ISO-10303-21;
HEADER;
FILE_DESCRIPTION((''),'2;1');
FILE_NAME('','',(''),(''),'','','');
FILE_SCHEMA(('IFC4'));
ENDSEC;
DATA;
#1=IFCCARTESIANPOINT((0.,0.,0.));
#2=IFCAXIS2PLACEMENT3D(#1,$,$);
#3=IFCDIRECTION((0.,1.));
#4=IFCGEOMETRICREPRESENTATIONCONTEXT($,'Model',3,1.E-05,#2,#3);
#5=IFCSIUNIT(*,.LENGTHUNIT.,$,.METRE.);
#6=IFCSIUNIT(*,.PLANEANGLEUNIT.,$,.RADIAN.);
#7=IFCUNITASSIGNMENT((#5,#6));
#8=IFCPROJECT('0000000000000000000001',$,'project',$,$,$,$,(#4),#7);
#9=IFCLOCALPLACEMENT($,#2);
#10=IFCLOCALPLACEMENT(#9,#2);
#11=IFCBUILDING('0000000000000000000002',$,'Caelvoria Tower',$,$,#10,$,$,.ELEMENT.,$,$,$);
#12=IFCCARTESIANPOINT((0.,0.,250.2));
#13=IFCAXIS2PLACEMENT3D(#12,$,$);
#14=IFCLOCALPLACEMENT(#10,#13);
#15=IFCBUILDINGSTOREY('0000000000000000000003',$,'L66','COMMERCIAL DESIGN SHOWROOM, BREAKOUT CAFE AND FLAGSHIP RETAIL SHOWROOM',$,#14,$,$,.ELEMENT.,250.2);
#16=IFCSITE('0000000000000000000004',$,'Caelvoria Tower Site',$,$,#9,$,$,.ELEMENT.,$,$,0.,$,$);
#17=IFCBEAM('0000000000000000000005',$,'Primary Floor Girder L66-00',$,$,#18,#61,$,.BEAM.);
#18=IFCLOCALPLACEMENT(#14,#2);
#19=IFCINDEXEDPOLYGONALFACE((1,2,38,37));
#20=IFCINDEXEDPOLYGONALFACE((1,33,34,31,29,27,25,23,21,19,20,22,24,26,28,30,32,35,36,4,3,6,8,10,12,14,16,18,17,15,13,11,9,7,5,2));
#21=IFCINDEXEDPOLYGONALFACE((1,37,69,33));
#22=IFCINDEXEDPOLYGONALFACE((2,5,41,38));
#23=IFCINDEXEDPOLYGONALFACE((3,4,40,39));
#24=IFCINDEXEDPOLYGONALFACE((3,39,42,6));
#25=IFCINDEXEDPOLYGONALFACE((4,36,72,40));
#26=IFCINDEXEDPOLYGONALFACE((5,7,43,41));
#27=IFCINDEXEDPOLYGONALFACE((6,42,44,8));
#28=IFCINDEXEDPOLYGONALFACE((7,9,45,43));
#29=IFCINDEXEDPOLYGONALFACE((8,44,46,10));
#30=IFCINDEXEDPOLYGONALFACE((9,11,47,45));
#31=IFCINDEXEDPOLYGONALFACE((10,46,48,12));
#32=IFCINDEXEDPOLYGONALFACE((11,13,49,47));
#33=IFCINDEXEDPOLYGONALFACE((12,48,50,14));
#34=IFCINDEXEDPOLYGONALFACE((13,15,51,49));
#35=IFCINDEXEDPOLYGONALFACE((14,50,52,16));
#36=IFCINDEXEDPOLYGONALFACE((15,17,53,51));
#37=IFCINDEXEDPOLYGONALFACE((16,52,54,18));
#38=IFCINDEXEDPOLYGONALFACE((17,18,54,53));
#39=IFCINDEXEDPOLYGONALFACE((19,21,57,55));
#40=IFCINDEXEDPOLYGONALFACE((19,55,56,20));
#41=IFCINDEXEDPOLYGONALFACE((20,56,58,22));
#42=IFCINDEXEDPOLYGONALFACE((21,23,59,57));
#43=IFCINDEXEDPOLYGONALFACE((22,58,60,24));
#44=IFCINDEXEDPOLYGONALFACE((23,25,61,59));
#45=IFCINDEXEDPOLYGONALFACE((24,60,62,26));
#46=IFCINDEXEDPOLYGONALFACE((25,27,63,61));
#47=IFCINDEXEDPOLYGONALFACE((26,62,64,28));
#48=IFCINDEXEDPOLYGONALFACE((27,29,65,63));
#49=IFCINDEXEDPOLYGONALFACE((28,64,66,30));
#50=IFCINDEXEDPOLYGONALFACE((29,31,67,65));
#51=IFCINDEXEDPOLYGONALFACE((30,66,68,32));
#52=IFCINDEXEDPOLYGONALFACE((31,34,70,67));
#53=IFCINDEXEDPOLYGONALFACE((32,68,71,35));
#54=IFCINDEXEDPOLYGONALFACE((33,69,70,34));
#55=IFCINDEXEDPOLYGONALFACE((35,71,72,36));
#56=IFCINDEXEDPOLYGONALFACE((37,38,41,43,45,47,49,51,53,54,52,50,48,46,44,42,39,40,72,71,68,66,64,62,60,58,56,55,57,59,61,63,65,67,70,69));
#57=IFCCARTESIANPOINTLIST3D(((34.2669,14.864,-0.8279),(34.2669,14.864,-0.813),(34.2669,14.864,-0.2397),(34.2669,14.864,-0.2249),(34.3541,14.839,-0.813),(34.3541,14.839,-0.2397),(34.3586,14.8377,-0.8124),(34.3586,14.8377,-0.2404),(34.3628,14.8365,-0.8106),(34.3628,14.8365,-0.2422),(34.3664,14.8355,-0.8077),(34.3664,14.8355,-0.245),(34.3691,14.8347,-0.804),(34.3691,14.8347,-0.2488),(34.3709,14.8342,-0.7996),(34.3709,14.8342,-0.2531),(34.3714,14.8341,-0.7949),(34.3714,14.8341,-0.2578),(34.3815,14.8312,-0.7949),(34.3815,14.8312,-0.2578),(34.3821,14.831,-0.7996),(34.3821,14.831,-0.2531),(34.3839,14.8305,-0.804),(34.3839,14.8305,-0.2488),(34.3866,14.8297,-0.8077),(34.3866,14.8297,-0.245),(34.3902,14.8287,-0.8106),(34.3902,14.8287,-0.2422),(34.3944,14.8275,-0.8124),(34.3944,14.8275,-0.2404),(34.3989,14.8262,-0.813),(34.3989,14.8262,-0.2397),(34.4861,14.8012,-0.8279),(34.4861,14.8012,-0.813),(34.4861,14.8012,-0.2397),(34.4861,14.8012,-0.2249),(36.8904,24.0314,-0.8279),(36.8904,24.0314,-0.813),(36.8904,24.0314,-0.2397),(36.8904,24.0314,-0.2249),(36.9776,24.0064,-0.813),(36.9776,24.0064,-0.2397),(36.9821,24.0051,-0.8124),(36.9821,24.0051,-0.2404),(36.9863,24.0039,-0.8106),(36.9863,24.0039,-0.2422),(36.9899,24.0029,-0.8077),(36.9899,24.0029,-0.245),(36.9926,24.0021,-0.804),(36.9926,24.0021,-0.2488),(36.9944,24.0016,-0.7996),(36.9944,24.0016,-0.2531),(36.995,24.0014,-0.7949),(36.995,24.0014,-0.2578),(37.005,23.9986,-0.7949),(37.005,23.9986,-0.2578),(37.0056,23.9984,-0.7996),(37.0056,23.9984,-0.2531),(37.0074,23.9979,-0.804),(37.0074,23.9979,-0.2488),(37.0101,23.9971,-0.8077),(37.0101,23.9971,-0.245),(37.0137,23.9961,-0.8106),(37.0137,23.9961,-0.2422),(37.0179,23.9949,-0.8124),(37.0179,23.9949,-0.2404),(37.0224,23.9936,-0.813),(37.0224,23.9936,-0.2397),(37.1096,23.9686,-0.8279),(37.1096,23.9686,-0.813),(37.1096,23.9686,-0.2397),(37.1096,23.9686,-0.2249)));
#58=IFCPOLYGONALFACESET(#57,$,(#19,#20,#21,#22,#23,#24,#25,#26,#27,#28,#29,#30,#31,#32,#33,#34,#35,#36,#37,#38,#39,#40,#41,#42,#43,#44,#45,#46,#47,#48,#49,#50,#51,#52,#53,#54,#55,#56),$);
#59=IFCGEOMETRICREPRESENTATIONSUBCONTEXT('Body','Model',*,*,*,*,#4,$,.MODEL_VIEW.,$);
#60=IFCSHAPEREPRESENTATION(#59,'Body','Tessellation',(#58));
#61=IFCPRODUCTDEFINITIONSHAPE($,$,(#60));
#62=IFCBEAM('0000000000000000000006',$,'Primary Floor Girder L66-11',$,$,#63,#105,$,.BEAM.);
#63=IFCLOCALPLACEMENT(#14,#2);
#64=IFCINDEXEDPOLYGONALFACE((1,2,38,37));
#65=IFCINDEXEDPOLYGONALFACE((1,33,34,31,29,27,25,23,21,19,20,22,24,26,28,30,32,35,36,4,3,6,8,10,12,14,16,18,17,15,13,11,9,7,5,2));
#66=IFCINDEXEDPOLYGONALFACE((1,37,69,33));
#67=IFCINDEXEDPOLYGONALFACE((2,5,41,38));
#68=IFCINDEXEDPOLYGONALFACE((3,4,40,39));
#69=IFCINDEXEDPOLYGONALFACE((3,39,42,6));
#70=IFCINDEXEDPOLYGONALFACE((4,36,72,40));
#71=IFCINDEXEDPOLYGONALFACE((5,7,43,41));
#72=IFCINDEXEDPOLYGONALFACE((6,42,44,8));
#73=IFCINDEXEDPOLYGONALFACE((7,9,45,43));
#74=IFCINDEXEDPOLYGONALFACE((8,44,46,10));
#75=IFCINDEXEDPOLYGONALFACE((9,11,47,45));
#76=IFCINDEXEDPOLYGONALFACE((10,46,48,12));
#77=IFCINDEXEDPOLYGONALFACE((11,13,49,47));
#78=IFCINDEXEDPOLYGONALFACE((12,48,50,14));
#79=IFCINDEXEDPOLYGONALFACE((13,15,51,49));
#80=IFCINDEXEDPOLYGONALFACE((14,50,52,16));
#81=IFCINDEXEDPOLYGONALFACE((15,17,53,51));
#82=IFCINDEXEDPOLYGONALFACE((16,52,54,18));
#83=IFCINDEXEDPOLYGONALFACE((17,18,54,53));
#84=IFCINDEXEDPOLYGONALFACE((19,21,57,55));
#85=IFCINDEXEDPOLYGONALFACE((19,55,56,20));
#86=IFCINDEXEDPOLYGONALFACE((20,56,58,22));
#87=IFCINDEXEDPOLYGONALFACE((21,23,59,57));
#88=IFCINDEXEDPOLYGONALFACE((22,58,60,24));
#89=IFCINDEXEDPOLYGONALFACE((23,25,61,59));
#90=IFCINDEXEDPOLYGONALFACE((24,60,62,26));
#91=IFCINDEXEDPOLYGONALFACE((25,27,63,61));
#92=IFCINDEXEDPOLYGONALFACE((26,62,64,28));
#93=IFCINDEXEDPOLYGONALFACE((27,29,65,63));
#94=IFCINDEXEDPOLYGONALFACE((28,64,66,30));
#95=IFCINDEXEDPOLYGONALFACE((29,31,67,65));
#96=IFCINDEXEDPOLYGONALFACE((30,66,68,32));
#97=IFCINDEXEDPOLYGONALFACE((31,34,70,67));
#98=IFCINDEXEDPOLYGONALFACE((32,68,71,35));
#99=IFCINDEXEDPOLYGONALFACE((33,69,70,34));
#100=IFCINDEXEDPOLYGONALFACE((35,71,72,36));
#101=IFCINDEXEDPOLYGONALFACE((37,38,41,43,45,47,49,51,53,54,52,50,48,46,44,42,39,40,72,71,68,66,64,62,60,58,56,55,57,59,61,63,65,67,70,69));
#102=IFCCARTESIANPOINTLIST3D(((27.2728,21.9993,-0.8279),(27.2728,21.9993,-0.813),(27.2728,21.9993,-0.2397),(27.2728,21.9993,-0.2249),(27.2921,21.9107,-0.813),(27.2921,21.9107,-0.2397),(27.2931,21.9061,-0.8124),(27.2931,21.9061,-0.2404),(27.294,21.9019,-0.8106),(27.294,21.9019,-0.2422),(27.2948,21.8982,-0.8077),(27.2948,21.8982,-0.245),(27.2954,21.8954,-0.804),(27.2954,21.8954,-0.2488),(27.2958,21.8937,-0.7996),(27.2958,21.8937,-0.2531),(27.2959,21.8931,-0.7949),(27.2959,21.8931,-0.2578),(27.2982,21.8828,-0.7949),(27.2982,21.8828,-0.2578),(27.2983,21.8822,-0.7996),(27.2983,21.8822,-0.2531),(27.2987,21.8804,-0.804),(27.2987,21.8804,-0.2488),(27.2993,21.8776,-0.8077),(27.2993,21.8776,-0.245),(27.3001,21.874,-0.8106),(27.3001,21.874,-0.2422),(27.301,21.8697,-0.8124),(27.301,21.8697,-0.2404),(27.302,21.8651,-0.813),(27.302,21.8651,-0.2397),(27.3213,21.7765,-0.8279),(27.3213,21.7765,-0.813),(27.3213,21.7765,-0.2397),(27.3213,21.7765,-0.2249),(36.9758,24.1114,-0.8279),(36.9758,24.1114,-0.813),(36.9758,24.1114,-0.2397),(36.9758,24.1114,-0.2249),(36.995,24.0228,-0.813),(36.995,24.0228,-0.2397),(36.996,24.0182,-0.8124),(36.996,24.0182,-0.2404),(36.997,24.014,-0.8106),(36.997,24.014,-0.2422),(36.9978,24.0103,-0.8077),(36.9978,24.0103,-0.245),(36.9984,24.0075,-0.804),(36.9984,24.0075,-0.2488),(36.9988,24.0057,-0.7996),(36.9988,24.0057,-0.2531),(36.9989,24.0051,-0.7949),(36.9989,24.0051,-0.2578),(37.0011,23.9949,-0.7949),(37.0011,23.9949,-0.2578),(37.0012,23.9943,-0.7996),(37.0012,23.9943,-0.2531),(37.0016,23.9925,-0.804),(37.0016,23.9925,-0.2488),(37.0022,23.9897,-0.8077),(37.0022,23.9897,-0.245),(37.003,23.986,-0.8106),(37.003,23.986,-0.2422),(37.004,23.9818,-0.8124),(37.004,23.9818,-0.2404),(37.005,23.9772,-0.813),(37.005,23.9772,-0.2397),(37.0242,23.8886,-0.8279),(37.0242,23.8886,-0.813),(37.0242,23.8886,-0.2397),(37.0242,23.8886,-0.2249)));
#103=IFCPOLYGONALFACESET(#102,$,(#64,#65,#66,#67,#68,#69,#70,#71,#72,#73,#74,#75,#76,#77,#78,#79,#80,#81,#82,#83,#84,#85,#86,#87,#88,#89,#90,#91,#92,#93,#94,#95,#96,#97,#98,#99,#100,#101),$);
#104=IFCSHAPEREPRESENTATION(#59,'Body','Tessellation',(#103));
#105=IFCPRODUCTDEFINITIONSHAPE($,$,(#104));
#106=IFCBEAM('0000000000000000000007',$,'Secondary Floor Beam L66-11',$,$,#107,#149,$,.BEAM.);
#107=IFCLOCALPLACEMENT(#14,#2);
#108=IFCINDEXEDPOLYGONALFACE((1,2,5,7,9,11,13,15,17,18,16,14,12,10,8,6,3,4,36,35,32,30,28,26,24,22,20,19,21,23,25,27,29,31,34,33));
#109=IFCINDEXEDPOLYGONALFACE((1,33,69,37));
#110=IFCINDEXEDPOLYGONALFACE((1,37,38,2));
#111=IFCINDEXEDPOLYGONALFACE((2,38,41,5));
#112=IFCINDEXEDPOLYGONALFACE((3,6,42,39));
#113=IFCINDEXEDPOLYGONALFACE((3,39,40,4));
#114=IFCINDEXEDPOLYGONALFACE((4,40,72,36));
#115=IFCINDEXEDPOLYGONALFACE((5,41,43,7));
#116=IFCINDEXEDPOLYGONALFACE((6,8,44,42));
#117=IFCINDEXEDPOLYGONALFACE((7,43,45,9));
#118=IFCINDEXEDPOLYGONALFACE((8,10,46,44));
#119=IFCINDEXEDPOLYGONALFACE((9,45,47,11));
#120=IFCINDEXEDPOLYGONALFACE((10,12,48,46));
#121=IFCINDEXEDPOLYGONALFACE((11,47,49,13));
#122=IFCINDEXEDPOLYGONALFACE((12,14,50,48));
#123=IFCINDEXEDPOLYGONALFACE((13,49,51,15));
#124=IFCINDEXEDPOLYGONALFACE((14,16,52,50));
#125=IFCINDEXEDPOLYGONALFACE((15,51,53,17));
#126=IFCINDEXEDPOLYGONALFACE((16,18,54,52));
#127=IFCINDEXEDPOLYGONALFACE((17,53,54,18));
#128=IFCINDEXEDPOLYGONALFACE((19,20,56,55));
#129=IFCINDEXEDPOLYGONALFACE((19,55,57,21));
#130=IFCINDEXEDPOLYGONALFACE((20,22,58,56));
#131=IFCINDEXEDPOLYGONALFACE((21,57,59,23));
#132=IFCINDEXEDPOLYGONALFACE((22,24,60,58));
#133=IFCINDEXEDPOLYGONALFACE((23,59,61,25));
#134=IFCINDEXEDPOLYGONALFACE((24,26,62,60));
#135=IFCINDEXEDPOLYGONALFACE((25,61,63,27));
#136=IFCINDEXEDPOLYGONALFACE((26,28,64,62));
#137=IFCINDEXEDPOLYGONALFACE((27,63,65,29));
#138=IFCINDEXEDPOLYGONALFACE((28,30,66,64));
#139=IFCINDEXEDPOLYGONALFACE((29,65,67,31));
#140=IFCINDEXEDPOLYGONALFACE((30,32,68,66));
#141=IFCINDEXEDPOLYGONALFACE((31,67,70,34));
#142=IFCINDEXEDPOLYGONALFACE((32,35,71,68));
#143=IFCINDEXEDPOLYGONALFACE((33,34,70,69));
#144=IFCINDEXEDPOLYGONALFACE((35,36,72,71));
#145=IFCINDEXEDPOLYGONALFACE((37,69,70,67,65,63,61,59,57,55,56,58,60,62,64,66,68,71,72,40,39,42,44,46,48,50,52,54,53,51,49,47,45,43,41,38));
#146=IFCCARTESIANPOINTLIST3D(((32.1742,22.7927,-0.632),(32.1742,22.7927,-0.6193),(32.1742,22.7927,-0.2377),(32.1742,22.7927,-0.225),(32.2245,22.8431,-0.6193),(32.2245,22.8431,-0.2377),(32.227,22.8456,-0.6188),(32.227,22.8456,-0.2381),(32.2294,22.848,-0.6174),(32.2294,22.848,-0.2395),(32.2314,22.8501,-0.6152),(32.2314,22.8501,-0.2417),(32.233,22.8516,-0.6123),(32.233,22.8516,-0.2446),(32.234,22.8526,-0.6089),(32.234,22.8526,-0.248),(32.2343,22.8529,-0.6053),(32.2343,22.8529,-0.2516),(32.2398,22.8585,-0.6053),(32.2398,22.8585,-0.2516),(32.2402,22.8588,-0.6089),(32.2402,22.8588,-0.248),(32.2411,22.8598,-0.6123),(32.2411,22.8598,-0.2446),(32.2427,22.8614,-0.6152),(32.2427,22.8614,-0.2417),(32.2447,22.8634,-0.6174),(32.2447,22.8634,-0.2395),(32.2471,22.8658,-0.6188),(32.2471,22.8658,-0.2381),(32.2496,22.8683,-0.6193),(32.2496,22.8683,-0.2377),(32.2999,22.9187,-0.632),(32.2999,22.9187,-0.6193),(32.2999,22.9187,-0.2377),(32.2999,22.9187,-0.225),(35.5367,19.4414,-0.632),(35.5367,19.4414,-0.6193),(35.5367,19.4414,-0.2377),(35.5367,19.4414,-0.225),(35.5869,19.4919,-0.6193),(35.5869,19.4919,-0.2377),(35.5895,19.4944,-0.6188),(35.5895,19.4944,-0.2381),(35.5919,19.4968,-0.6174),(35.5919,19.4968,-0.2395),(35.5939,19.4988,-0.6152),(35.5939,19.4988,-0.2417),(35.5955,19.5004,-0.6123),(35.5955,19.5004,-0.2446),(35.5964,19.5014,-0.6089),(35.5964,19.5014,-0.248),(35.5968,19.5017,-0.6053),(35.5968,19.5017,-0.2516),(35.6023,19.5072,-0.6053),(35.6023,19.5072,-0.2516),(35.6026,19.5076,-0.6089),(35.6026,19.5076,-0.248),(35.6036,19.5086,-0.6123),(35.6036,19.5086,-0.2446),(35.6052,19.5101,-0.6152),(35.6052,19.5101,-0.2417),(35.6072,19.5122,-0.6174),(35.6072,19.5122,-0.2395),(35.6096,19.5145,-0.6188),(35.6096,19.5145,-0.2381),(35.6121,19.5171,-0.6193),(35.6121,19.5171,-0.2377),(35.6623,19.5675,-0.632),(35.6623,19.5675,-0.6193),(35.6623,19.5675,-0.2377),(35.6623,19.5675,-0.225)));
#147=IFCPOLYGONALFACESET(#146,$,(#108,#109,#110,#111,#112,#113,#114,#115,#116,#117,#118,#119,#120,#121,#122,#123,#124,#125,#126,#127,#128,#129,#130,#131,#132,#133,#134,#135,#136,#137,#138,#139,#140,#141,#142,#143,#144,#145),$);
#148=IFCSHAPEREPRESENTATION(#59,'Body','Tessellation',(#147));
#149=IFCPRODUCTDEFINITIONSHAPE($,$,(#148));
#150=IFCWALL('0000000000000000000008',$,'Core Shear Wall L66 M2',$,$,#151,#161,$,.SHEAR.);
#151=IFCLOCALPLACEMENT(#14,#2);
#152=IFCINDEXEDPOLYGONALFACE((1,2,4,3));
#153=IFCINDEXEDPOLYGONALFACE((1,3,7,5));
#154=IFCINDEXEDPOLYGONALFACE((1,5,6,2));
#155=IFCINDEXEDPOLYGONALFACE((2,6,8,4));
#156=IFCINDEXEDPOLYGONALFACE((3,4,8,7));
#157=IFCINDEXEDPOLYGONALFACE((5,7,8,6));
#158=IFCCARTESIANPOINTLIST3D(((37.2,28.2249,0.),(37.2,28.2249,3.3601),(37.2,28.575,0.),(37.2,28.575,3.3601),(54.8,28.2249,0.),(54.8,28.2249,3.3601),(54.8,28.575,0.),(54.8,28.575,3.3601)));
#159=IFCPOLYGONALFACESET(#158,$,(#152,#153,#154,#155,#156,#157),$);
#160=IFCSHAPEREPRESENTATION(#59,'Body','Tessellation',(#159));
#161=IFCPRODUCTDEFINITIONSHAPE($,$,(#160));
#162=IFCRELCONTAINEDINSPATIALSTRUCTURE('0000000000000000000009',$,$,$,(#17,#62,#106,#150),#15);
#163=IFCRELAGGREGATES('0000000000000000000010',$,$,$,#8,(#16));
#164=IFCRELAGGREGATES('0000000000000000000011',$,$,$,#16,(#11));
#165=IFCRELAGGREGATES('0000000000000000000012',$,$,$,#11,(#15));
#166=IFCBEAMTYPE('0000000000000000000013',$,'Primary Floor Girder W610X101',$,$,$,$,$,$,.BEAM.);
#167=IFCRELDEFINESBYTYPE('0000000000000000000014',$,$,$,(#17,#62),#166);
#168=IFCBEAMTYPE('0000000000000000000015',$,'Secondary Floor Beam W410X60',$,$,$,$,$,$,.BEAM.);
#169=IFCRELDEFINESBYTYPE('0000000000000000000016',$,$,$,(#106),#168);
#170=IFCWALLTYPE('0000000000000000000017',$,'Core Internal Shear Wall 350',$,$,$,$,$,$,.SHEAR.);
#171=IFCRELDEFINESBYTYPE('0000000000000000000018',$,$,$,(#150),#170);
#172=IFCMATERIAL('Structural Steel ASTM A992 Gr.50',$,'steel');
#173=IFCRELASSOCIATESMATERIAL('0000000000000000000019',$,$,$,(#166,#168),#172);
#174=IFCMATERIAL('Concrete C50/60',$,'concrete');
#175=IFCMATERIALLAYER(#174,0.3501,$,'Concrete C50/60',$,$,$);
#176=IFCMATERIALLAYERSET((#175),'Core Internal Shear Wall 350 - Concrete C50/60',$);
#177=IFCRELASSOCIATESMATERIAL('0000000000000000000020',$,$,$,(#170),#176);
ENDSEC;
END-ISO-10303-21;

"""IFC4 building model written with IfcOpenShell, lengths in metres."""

from ifc_helpers import new_model, si_unit, direction, frame, frame_2d, origin, origin_2d, place, context, subcontext, project, spatial, rectangle, i_section, extrude, material, layer, layer_set, material_profile, profile_set, type_object, element, save


model = new_model("IFC4")

# Units and contexts
model_context = context("Model", 3, precision=1e-05, world=origin(), true_north=direction((0.0, 1.0)))
body_context = subcontext(model_context, "Body", "Model", "MODEL_VIEW")
ifc_project = project(units=[si_unit("LENGTHUNIT", "METRE"), si_unit("PLANEANGLEUNIT", "RADIAN")], contexts=[model_context])

# Site, building, storey
site_placement = place(None, origin())
site = spatial("IfcSite", under=ifc_project, at=site_placement, Name="Caelvoria Tower Site", CompositionType="ELEMENT", RefElevation=0.0)
building_placement = place(site_placement, origin())
building = spatial("IfcBuilding", under=site, at=building_placement, Name="Caelvoria Tower", CompositionType="ELEMENT")
storey_placement = place(building_placement, frame((0.0, 0.0, 250.2)))
storey = spatial("IfcBuildingStorey", under=building, at=storey_placement, Name="L66", Description="COMMERCIAL DESIGN SHOWROOM, BREAKOUT CAFE AND FLAGSHIP RETAIL SHOWROOM", CompositionType="ELEMENT", Elevation=250.2)

# Beams
ifc_material_1 = material(Name="Structural Steel ASTM A992 Gr.50", Category="steel")
ifc_material_profile_1 = material_profile(ifc_material_1, i_section(OverallWidth=0.228, OverallDepth=0.603, WebThickness=0.0105, FlangeThickness=0.0149, FilletRadius=0.0181, at=origin_2d()), Name="Structural Steel ASTM A992 Gr.50")
ifc_profile_set_1 = profile_set([ifc_material_profile_1], Name="W610X101 - Structural Steel ASTM A992 Gr.50")
beam_type_1 = type_object("IfcBeamType", Name="Primary Floor Girder W610X101", PredefinedType="BEAM", material=ifc_profile_set_1)
beam_1_placement = place(storey_placement, frame((37.0, 24.0, -0.5264), z_axis=(-0.275134, -0.961406, 0.0), x_axis=(0.961406, -0.275134, 0.0)))
element("IfcBeam", 1, at=beam_1_placement, inside=storey, type_object=beam_type_1, Name="Primary Floor Girder L66-00", PredefinedType="BEAM", context=body_context, shape_type="SweptSolid", body=[
    extrude(i_section(OverallWidth=0.228, OverallDepth=0.603, WebThickness=0.0105, FlangeThickness=0.0149, FilletRadius=0.0181, at=origin_2d()), origin(), (0.0, 0.0, 1.0), 9.5354),
])
beam_2_placement = place(storey_placement, frame((37.0, 24.0, -0.5264), z_axis=(-0.977119, -0.212693, 0.0), x_axis=(0.212693, -0.977119, 0.0)))
element("IfcBeam", 2, at=beam_2_placement, inside=storey, type_object=beam_type_1, Name="Primary Floor Girder L66-11", PredefinedType="BEAM", context=body_context, shape_type="SweptSolid", body=[
    extrude(i_section(OverallWidth=0.228, OverallDepth=0.603, WebThickness=0.0105, FlangeThickness=0.0149, FilletRadius=0.0181, at=origin_2d()), origin(), (0.0, 0.0, 1.0), 9.9302),
])
ifc_material_profile_2 = material_profile(ifc_material_1, i_section(OverallWidth=0.178, OverallDepth=0.407, WebThickness=0.0078, FlangeThickness=0.0127, FilletRadius=0.0139, at=origin_2d()), Name="Structural Steel ASTM A992 Gr.50")
ifc_profile_set_2 = profile_set([ifc_material_profile_2], Name="W410X60 - Structural Steel ASTM A992 Gr.50")
beam_type_2 = type_object("IfcBeamType", Name="Secondary Floor Beam W410X60", PredefinedType="BEAM", material=ifc_profile_set_2)
beam_3_placement = place(storey_placement, frame((32.2371, 22.8557, -0.4285), z_axis=(0.708289, -0.705923, 0.0), x_axis=(0.705923, 0.708289, 0.0)))
element("IfcBeam", 3, at=beam_3_placement, inside=storey, type_object=beam_type_2, Name="Secondary Floor Beam L66-11", PredefinedType="BEAM", context=body_context, shape_type="SweptSolid", body=[
    extrude(i_section(OverallWidth=0.178, OverallDepth=0.407, WebThickness=0.0078, FlangeThickness=0.0127, FilletRadius=0.0139, at=origin_2d()), origin(), (0.0, 0.0, 1.0), 4.7473),
])

# Wall
ifc_material_2 = material(Name="Concrete C50/60", Category="concrete")
ifc_layer_1 = layer(ifc_material_2, 0.3501, Name="Concrete C50/60")
ifc_layer_set_1 = layer_set([ifc_layer_1], Name="Core Internal Shear Wall 350 - Concrete C50/60")
wall_type_1 = type_object("IfcWallType", Name="Core Internal Shear Wall 350", PredefinedType="SHEAR", material=ifc_layer_set_1)
wall_1_placement = place(storey_placement, frame((37.2, 28.3999, 0.0), z_axis=(0.0, 0.0, 1.0), x_axis=(1.0, 0.0, 0.0)))
element("IfcWall", 4, at=wall_1_placement, inside=storey, type_object=wall_type_1, Name="Core Shear Wall L66 M2", PredefinedType="SHEAR", context=body_context, shape_type="SweptSolid", body=[
    extrude(rectangle(XDim=17.6001, YDim=0.3501, at=frame_2d((8.8, 0.0))), origin(), (0.0, 0.0, 1.0), 3.3601),
])

save(model, "model.ifc")
